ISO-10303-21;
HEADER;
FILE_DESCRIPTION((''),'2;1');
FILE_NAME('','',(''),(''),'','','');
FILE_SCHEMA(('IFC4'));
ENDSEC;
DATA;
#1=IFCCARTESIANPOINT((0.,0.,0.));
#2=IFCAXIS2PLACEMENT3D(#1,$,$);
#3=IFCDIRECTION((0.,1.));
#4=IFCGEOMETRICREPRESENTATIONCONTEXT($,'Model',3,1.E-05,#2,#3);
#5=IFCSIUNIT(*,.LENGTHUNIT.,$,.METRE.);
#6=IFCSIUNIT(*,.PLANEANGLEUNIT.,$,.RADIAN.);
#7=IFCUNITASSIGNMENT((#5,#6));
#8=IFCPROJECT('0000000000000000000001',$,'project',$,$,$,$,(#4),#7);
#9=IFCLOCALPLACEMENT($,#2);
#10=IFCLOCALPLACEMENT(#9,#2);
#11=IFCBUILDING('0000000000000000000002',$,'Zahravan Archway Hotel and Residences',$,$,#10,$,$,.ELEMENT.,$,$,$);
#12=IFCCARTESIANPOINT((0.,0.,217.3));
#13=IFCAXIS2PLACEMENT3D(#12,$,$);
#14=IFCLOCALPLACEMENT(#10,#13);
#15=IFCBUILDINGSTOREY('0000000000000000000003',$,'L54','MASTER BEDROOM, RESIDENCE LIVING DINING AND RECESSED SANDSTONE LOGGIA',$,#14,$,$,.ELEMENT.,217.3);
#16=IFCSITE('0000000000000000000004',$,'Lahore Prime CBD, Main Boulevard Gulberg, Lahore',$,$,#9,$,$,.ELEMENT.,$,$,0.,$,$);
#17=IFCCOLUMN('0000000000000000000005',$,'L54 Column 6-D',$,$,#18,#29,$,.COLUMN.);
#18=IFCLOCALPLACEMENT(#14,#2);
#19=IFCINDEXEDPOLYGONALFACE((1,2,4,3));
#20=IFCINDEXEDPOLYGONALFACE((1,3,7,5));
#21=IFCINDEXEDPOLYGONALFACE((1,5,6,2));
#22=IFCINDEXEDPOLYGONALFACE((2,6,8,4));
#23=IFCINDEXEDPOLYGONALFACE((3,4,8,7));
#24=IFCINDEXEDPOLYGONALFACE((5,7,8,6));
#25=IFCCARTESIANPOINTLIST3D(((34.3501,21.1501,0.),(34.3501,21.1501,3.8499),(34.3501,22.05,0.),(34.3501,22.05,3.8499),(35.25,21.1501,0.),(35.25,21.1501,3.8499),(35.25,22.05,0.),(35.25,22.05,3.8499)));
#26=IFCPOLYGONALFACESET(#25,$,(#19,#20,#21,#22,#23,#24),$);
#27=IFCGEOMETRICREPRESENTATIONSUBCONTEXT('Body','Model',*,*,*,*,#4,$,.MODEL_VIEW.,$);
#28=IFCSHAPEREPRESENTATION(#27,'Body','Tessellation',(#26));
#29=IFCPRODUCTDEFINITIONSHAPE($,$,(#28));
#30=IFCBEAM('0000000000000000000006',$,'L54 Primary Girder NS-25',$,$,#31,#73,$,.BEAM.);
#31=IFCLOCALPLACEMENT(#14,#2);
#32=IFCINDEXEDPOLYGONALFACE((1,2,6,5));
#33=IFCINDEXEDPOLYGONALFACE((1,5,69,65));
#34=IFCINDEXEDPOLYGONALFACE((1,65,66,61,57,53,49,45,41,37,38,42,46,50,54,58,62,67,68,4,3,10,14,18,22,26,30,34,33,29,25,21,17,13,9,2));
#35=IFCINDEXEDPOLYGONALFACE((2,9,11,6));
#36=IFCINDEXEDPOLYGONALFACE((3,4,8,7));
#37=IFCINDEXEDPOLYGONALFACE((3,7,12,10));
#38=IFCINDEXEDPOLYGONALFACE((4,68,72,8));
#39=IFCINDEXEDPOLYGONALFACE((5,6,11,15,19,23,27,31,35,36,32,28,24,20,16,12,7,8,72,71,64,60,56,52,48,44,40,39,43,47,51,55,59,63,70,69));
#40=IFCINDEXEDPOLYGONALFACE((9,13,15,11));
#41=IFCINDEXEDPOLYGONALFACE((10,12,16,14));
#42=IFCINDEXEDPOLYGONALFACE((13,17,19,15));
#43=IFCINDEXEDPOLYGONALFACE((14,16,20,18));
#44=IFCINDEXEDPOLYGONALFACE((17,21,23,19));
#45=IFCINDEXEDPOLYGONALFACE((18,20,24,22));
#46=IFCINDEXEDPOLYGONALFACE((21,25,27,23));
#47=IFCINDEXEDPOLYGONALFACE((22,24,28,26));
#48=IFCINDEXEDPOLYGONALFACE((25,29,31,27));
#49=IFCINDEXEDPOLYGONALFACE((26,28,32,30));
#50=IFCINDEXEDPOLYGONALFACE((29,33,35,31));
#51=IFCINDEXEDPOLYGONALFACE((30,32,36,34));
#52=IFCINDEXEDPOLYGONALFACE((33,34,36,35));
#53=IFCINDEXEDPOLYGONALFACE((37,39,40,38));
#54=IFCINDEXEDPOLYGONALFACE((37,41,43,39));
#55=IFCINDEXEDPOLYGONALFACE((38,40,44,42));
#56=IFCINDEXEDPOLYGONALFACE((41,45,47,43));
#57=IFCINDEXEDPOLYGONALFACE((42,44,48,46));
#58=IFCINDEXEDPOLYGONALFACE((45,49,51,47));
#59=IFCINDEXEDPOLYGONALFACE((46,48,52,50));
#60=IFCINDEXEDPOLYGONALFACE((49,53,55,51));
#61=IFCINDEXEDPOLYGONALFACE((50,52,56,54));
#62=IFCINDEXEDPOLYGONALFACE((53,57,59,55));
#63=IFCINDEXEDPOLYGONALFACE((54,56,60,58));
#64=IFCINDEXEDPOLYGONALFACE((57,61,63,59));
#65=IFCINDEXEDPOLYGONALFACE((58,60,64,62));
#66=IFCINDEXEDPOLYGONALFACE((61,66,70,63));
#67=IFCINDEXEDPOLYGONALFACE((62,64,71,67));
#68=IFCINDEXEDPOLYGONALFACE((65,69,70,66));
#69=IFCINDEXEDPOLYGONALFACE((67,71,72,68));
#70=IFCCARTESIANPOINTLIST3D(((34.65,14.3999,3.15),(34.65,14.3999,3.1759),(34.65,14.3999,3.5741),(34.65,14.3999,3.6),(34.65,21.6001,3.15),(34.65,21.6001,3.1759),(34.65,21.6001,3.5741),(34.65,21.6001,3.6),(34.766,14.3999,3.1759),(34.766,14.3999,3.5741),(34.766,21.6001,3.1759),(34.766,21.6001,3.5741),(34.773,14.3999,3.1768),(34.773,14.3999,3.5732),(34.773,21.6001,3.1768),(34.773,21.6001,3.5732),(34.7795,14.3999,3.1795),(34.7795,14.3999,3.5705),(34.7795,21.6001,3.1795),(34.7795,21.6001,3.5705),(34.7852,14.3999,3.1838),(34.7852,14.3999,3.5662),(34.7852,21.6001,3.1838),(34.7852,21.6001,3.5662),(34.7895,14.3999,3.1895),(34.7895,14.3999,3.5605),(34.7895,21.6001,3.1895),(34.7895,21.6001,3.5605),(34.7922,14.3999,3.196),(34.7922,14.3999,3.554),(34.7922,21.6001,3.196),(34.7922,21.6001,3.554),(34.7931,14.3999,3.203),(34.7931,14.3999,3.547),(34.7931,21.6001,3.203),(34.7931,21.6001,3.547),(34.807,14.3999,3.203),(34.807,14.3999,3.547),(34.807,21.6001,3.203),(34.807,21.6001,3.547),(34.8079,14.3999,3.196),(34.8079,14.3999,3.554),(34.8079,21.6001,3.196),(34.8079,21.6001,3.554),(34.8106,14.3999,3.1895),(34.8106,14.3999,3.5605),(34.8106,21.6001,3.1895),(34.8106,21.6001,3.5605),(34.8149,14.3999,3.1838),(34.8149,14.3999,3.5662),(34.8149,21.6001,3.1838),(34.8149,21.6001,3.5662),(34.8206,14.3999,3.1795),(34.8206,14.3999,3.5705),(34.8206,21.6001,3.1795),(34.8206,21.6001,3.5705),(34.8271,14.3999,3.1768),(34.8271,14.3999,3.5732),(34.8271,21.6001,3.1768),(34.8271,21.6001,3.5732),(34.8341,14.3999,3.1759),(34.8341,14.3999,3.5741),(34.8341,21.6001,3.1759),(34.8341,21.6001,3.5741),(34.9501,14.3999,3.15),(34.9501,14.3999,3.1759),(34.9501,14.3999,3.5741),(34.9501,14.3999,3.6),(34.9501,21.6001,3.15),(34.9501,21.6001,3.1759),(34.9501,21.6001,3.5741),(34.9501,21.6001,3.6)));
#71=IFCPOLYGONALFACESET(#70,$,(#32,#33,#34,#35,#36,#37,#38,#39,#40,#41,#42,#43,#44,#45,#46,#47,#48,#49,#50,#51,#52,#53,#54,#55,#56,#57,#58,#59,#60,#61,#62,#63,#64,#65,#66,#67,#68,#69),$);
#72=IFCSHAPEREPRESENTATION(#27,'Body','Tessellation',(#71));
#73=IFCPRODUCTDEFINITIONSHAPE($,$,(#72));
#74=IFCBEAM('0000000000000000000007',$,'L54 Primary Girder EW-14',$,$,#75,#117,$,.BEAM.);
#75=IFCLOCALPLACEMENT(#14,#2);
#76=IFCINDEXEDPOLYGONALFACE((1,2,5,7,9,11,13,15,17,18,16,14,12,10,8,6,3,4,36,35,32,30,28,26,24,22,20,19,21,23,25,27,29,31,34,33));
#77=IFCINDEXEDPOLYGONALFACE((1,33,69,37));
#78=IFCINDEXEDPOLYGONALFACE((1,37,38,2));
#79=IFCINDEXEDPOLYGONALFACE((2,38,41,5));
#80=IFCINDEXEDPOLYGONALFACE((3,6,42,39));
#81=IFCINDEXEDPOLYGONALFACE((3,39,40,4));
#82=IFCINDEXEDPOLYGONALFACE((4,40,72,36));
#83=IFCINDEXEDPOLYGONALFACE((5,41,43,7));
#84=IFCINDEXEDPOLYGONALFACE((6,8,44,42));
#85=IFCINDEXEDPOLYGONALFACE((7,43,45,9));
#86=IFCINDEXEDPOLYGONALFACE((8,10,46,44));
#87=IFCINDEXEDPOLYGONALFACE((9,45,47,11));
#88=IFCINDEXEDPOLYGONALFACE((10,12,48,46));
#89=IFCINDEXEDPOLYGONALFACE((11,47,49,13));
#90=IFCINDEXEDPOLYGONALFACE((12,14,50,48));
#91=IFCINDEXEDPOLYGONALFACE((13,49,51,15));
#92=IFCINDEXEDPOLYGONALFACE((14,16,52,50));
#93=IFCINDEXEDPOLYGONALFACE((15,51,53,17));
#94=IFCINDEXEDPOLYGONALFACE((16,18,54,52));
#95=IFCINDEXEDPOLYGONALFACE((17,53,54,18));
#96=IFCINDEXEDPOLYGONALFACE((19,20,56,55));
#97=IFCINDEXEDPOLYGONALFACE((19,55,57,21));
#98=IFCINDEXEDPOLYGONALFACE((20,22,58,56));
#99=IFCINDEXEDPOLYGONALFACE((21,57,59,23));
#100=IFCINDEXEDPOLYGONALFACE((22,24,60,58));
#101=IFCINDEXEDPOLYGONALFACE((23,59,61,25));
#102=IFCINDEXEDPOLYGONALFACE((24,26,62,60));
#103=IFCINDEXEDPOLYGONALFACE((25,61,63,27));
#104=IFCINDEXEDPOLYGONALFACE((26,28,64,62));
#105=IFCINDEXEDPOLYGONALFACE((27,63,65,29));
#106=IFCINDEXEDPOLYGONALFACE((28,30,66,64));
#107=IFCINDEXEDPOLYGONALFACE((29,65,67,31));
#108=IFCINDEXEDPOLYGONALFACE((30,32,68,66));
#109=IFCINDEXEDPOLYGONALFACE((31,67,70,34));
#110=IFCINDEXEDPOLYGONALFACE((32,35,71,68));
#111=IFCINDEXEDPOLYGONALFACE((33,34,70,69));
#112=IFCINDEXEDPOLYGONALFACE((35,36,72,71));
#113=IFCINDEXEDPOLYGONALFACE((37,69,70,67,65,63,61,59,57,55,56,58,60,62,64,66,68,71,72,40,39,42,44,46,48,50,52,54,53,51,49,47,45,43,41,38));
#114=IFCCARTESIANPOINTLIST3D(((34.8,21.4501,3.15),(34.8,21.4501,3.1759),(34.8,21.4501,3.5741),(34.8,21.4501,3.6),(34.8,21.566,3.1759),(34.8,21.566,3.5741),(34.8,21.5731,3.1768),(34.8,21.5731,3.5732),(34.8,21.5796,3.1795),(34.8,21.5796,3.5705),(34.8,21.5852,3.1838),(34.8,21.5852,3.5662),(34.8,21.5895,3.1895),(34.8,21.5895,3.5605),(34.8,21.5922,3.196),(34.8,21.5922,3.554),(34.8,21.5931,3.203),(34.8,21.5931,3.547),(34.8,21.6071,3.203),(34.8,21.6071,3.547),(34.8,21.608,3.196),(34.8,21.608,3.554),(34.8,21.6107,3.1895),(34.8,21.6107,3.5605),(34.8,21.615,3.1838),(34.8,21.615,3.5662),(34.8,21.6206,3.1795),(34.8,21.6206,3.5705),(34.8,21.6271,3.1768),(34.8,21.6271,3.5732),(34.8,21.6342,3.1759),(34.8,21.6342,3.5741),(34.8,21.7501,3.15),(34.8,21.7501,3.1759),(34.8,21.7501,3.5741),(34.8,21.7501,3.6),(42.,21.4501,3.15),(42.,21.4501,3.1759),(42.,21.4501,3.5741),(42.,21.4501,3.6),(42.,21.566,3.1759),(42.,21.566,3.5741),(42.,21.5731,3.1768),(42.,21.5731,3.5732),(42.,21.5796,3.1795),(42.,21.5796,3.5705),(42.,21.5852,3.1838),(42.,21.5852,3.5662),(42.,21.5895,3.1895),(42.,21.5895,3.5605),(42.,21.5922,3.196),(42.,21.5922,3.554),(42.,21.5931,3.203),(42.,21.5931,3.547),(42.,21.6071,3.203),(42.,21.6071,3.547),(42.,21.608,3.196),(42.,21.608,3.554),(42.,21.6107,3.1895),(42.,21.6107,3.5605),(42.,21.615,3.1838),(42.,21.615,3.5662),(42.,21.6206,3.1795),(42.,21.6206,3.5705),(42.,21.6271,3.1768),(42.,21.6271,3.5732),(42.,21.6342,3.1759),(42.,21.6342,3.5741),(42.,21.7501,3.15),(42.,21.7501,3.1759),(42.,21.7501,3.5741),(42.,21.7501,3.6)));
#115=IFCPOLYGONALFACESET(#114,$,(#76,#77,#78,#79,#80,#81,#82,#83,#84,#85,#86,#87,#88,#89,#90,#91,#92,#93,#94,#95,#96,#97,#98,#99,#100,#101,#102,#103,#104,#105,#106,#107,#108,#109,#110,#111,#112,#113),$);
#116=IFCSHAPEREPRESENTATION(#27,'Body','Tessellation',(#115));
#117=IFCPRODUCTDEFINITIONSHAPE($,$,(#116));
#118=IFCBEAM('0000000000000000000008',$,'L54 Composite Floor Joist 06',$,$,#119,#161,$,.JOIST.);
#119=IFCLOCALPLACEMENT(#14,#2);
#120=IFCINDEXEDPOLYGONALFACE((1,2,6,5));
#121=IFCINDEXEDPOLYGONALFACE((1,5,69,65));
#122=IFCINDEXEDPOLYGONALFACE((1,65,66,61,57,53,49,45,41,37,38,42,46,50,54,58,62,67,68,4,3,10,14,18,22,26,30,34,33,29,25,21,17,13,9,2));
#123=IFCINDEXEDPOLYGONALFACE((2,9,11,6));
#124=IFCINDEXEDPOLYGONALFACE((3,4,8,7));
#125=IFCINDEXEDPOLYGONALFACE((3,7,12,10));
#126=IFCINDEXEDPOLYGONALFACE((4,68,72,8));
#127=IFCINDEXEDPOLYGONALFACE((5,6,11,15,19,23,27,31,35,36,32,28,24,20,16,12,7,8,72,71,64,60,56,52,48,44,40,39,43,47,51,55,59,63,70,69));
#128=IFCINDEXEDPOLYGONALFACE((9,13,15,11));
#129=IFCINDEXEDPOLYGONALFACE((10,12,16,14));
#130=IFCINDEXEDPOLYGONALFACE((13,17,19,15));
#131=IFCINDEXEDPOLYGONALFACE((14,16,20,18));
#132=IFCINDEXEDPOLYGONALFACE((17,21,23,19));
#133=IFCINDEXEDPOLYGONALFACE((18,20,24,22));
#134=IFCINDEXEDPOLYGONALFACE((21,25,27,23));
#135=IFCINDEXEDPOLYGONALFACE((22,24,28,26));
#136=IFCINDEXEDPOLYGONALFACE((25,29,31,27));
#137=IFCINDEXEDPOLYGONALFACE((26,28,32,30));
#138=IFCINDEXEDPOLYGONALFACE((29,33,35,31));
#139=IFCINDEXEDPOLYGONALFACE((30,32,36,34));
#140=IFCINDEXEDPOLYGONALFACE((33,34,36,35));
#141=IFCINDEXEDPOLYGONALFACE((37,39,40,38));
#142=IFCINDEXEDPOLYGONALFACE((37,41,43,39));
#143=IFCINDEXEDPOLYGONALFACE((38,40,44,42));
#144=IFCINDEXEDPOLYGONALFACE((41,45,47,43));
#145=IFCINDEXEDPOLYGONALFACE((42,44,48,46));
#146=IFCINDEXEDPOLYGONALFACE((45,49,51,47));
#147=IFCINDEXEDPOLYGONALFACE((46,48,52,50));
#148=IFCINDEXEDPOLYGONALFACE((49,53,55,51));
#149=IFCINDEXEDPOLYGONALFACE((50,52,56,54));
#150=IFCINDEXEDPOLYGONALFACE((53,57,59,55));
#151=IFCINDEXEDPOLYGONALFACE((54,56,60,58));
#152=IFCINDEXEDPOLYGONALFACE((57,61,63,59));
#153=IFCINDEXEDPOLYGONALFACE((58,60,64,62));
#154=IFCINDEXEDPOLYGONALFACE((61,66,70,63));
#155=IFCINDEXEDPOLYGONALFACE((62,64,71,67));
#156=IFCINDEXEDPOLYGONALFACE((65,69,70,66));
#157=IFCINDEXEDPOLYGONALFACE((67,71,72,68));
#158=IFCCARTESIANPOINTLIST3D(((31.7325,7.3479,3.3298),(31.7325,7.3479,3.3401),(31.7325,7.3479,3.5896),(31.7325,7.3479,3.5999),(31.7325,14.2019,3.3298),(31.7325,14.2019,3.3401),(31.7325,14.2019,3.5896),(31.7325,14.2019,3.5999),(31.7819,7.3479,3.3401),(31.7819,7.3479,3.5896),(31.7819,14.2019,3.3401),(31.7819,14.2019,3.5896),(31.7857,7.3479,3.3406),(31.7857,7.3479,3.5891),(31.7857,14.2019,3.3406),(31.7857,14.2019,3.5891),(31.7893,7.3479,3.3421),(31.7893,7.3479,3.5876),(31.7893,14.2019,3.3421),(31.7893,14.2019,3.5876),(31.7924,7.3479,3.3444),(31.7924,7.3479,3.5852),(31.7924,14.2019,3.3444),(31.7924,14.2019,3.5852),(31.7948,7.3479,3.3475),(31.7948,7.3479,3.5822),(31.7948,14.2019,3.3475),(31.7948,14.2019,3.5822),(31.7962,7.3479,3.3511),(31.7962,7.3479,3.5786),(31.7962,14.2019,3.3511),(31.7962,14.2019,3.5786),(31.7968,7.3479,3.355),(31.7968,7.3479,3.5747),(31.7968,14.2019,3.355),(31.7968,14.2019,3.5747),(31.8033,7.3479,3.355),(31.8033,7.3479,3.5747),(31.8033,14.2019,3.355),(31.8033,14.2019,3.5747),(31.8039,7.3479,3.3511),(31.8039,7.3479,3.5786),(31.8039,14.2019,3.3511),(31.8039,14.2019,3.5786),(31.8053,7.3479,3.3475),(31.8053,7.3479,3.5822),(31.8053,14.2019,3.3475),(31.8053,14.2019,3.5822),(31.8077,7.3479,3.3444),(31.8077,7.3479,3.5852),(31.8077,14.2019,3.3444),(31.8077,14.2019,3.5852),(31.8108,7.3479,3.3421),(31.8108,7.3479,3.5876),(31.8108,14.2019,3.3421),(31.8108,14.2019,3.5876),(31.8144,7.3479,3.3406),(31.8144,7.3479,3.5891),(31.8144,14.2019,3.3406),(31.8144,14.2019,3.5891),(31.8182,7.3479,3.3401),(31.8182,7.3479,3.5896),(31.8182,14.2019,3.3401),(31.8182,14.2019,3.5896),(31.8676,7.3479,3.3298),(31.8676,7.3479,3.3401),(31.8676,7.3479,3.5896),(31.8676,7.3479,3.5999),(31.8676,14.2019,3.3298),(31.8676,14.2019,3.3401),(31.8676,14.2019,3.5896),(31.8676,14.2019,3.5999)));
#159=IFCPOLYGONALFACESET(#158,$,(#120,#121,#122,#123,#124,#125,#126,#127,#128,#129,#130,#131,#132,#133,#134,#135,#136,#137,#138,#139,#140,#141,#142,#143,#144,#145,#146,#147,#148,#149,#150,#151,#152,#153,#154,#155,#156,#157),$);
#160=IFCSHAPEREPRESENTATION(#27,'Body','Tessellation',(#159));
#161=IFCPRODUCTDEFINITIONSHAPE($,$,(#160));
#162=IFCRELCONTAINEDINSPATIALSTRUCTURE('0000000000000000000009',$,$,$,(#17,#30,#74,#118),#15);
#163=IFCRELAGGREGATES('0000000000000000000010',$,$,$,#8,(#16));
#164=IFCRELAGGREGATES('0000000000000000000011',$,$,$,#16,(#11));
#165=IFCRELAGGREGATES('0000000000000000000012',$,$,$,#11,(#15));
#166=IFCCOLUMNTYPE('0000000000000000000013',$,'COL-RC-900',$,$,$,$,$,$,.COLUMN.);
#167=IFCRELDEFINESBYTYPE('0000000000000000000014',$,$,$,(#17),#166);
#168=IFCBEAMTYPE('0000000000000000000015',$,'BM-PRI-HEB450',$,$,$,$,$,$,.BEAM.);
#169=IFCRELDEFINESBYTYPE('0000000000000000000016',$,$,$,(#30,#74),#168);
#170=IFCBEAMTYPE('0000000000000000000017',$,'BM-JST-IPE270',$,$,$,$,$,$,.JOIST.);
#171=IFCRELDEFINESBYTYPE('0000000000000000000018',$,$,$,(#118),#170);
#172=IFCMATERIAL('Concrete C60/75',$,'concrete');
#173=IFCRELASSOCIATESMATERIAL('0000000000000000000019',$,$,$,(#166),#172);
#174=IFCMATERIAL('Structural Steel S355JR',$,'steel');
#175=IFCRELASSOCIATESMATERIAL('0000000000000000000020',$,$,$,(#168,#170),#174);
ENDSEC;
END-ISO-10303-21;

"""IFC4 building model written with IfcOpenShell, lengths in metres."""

from ifc_helpers import new_model, si_unit, direction, frame, origin, origin_2d, place, context, subcontext, project, spatial, rectangle, i_section, extrude, source, transform, mapped, material, material_profile, profile_set, type_object, type_shapes, element, save


model = new_model("IFC4")

# Units and contexts
model_context = context("Model", 3, precision=1e-05, world=origin(), true_north=direction((0.0, 1.0)))
body_context = subcontext(model_context, "Body", "Model", "MODEL_VIEW")
ifc_project = project(units=[si_unit("LENGTHUNIT", "METRE"), si_unit("PLANEANGLEUNIT", "RADIAN")], contexts=[model_context])

# Site, building, storey
site_placement = place(None, origin())
site = spatial("IfcSite", under=ifc_project, at=site_placement, Name="Lahore Prime CBD, Main Boulevard Gulberg, Lahore", CompositionType="ELEMENT", RefElevation=0.0)
building_placement = place(site_placement, origin())
building = spatial("IfcBuilding", under=site, at=building_placement, Name="Zahravan Archway Hotel and Residences", CompositionType="ELEMENT")
storey_placement = place(building_placement, frame((0.0, 0.0, 217.3)))
storey = spatial("IfcBuildingStorey", under=building, at=storey_placement, Name="L54", Description="MASTER BEDROOM, RESIDENCE LIVING DINING AND RECESSED SANDSTONE LOGGIA", CompositionType="ELEMENT", Elevation=217.3)

# Column
ifc_material_1 = material(Name="Concrete C60/75", Category="concrete")
ifc_material_profile_1 = material_profile(ifc_material_1, rectangle(XDim=0.8999, YDim=0.8999, at=origin_2d()), Name="RC-COL-900x900", Category="concrete")
ifc_profile_set_1 = profile_set([ifc_material_profile_1], Name="Concrete C60/75")
column_type = type_object("IfcColumnType", Name="COL-RC-900", PredefinedType="COLUMN", material=ifc_profile_set_1)
shared_shape_1 = source(origin(), body_context, "Body", "SweptSolid", [
    extrude(rectangle(XDim=0.8999, YDim=0.8999, at=origin_2d()), origin(), (0.0, 0.0, 1.0), 3.8499),
])
column_placement = place(storey_placement, frame((34.8, 21.6001, 0.0), z_axis=(0.0, 0.0, 1.0), x_axis=(1.0, 0.0, 0.0)))
element("IfcColumn", 1, at=column_placement, inside=storey, type_object=column_type, Name="L54 Column 6-D", PredefinedType="COLUMN", context=body_context, shape_type="MappedRepresentation", body=[
    mapped(shared_shape_1, transform((0.0, 0.0, 0.0), scale=1.0)),
])

# Beams
ifc_material_2 = material(Name="Structural Steel S355JR", Category="steel")
ifc_material_profile_2 = material_profile(ifc_material_2, i_section(OverallWidth=0.3, OverallDepth=0.45, WebThickness=0.0139, FlangeThickness=0.0259, FilletRadius=0.0271, at=origin_2d()), Name="HEB 450", Category="steel")
ifc_profile_set_2 = profile_set([ifc_material_profile_2], Name="Structural Steel S355JR")
beam_type_1 = type_object("IfcBeamType", Name="BM-PRI-HEB450", PredefinedType="BEAM", material=ifc_profile_set_2)
shared_shape_2 = source(origin(), body_context, "Body", "SweptSolid", [
    extrude(i_section(OverallWidth=0.3, OverallDepth=0.45, WebThickness=0.0139, FlangeThickness=0.0259, FilletRadius=0.0271, at=origin_2d()), origin(), (0.0, 0.0, 1.0), 7.2002),
])
type_shapes(beam_type_1, [shared_shape_2])
beam_1_placement = place(storey_placement, frame((34.8, 14.3999, 3.375), z_axis=(0.0, 1.0, 0.0), x_axis=(-1.0, 0.0, 0.0)))
element("IfcBeam", 2, at=beam_1_placement, inside=storey, type_object=beam_type_1, Name="L54 Primary Girder NS-25", PredefinedType="BEAM", context=body_context, shape_type="MappedRepresentation", body=[
    mapped(shared_shape_2, transform((0.0, 0.0, 0.0), scale=1.0)),
])
shared_shape_3 = source(origin(), body_context, "Body", "SweptSolid", [
    extrude(i_section(OverallWidth=0.3, OverallDepth=0.45, WebThickness=0.0139, FlangeThickness=0.0259, FilletRadius=0.0271, at=origin_2d()), origin(), (0.0, 0.0, 1.0), 7.2),
])
beam_2_placement = place(storey_placement, frame((34.8, 21.6001, 3.375), z_axis=(1.0, 0.0, 0.0), x_axis=(0.0, 1.0, 0.0)))
element("IfcBeam", 3, at=beam_2_placement, inside=storey, type_object=beam_type_1, Name="L54 Primary Girder EW-14", PredefinedType="BEAM", context=body_context, shape_type="MappedRepresentation", body=[
    mapped(shared_shape_3, transform((0.0, 0.0, 0.0), scale=1.0)),
])
ifc_material_profile_3 = material_profile(ifc_material_2, i_section(OverallWidth=0.135, OverallDepth=0.27, WebThickness=0.0066, FlangeThickness=0.0103, FilletRadius=0.0149, at=origin_2d()), Name="IPE 270", Category="steel")
ifc_profile_set_3 = profile_set([ifc_material_profile_3], Name="Structural Steel S355JR")
beam_type_2 = type_object("IfcBeamType", Name="BM-JST-IPE270", PredefinedType="JOIST", material=ifc_profile_set_3)
shared_shape_4 = source(origin(), body_context, "Body", "SweptSolid", [
    extrude(i_section(OverallWidth=0.135, OverallDepth=0.27, WebThickness=0.0066, FlangeThickness=0.0103, FilletRadius=0.0149, at=origin_2d()), origin(), (0.0, 0.0, 1.0), 6.854),
])
for number, where, z_axis, x_axis, name in (
    (4, (31.8, 7.3479, 3.4648), (0.0, 1.0, 0.0), (-1.0, 0.0, 0.0), "L54 Composite Floor Joist 06"),
):
    element("IfcBeam", number, at=place(storey_placement, frame(where, z_axis=z_axis, x_axis=x_axis)), inside=storey, type_object=beam_type_2, Name=name, PredefinedType="JOIST", context=body_context, shape_type="MappedRepresentation", body=[
        mapped(shared_shape_4, transform((0.0, 0.0, 0.0), scale=1.0)),
    ])

save(model, "model.ifc")
